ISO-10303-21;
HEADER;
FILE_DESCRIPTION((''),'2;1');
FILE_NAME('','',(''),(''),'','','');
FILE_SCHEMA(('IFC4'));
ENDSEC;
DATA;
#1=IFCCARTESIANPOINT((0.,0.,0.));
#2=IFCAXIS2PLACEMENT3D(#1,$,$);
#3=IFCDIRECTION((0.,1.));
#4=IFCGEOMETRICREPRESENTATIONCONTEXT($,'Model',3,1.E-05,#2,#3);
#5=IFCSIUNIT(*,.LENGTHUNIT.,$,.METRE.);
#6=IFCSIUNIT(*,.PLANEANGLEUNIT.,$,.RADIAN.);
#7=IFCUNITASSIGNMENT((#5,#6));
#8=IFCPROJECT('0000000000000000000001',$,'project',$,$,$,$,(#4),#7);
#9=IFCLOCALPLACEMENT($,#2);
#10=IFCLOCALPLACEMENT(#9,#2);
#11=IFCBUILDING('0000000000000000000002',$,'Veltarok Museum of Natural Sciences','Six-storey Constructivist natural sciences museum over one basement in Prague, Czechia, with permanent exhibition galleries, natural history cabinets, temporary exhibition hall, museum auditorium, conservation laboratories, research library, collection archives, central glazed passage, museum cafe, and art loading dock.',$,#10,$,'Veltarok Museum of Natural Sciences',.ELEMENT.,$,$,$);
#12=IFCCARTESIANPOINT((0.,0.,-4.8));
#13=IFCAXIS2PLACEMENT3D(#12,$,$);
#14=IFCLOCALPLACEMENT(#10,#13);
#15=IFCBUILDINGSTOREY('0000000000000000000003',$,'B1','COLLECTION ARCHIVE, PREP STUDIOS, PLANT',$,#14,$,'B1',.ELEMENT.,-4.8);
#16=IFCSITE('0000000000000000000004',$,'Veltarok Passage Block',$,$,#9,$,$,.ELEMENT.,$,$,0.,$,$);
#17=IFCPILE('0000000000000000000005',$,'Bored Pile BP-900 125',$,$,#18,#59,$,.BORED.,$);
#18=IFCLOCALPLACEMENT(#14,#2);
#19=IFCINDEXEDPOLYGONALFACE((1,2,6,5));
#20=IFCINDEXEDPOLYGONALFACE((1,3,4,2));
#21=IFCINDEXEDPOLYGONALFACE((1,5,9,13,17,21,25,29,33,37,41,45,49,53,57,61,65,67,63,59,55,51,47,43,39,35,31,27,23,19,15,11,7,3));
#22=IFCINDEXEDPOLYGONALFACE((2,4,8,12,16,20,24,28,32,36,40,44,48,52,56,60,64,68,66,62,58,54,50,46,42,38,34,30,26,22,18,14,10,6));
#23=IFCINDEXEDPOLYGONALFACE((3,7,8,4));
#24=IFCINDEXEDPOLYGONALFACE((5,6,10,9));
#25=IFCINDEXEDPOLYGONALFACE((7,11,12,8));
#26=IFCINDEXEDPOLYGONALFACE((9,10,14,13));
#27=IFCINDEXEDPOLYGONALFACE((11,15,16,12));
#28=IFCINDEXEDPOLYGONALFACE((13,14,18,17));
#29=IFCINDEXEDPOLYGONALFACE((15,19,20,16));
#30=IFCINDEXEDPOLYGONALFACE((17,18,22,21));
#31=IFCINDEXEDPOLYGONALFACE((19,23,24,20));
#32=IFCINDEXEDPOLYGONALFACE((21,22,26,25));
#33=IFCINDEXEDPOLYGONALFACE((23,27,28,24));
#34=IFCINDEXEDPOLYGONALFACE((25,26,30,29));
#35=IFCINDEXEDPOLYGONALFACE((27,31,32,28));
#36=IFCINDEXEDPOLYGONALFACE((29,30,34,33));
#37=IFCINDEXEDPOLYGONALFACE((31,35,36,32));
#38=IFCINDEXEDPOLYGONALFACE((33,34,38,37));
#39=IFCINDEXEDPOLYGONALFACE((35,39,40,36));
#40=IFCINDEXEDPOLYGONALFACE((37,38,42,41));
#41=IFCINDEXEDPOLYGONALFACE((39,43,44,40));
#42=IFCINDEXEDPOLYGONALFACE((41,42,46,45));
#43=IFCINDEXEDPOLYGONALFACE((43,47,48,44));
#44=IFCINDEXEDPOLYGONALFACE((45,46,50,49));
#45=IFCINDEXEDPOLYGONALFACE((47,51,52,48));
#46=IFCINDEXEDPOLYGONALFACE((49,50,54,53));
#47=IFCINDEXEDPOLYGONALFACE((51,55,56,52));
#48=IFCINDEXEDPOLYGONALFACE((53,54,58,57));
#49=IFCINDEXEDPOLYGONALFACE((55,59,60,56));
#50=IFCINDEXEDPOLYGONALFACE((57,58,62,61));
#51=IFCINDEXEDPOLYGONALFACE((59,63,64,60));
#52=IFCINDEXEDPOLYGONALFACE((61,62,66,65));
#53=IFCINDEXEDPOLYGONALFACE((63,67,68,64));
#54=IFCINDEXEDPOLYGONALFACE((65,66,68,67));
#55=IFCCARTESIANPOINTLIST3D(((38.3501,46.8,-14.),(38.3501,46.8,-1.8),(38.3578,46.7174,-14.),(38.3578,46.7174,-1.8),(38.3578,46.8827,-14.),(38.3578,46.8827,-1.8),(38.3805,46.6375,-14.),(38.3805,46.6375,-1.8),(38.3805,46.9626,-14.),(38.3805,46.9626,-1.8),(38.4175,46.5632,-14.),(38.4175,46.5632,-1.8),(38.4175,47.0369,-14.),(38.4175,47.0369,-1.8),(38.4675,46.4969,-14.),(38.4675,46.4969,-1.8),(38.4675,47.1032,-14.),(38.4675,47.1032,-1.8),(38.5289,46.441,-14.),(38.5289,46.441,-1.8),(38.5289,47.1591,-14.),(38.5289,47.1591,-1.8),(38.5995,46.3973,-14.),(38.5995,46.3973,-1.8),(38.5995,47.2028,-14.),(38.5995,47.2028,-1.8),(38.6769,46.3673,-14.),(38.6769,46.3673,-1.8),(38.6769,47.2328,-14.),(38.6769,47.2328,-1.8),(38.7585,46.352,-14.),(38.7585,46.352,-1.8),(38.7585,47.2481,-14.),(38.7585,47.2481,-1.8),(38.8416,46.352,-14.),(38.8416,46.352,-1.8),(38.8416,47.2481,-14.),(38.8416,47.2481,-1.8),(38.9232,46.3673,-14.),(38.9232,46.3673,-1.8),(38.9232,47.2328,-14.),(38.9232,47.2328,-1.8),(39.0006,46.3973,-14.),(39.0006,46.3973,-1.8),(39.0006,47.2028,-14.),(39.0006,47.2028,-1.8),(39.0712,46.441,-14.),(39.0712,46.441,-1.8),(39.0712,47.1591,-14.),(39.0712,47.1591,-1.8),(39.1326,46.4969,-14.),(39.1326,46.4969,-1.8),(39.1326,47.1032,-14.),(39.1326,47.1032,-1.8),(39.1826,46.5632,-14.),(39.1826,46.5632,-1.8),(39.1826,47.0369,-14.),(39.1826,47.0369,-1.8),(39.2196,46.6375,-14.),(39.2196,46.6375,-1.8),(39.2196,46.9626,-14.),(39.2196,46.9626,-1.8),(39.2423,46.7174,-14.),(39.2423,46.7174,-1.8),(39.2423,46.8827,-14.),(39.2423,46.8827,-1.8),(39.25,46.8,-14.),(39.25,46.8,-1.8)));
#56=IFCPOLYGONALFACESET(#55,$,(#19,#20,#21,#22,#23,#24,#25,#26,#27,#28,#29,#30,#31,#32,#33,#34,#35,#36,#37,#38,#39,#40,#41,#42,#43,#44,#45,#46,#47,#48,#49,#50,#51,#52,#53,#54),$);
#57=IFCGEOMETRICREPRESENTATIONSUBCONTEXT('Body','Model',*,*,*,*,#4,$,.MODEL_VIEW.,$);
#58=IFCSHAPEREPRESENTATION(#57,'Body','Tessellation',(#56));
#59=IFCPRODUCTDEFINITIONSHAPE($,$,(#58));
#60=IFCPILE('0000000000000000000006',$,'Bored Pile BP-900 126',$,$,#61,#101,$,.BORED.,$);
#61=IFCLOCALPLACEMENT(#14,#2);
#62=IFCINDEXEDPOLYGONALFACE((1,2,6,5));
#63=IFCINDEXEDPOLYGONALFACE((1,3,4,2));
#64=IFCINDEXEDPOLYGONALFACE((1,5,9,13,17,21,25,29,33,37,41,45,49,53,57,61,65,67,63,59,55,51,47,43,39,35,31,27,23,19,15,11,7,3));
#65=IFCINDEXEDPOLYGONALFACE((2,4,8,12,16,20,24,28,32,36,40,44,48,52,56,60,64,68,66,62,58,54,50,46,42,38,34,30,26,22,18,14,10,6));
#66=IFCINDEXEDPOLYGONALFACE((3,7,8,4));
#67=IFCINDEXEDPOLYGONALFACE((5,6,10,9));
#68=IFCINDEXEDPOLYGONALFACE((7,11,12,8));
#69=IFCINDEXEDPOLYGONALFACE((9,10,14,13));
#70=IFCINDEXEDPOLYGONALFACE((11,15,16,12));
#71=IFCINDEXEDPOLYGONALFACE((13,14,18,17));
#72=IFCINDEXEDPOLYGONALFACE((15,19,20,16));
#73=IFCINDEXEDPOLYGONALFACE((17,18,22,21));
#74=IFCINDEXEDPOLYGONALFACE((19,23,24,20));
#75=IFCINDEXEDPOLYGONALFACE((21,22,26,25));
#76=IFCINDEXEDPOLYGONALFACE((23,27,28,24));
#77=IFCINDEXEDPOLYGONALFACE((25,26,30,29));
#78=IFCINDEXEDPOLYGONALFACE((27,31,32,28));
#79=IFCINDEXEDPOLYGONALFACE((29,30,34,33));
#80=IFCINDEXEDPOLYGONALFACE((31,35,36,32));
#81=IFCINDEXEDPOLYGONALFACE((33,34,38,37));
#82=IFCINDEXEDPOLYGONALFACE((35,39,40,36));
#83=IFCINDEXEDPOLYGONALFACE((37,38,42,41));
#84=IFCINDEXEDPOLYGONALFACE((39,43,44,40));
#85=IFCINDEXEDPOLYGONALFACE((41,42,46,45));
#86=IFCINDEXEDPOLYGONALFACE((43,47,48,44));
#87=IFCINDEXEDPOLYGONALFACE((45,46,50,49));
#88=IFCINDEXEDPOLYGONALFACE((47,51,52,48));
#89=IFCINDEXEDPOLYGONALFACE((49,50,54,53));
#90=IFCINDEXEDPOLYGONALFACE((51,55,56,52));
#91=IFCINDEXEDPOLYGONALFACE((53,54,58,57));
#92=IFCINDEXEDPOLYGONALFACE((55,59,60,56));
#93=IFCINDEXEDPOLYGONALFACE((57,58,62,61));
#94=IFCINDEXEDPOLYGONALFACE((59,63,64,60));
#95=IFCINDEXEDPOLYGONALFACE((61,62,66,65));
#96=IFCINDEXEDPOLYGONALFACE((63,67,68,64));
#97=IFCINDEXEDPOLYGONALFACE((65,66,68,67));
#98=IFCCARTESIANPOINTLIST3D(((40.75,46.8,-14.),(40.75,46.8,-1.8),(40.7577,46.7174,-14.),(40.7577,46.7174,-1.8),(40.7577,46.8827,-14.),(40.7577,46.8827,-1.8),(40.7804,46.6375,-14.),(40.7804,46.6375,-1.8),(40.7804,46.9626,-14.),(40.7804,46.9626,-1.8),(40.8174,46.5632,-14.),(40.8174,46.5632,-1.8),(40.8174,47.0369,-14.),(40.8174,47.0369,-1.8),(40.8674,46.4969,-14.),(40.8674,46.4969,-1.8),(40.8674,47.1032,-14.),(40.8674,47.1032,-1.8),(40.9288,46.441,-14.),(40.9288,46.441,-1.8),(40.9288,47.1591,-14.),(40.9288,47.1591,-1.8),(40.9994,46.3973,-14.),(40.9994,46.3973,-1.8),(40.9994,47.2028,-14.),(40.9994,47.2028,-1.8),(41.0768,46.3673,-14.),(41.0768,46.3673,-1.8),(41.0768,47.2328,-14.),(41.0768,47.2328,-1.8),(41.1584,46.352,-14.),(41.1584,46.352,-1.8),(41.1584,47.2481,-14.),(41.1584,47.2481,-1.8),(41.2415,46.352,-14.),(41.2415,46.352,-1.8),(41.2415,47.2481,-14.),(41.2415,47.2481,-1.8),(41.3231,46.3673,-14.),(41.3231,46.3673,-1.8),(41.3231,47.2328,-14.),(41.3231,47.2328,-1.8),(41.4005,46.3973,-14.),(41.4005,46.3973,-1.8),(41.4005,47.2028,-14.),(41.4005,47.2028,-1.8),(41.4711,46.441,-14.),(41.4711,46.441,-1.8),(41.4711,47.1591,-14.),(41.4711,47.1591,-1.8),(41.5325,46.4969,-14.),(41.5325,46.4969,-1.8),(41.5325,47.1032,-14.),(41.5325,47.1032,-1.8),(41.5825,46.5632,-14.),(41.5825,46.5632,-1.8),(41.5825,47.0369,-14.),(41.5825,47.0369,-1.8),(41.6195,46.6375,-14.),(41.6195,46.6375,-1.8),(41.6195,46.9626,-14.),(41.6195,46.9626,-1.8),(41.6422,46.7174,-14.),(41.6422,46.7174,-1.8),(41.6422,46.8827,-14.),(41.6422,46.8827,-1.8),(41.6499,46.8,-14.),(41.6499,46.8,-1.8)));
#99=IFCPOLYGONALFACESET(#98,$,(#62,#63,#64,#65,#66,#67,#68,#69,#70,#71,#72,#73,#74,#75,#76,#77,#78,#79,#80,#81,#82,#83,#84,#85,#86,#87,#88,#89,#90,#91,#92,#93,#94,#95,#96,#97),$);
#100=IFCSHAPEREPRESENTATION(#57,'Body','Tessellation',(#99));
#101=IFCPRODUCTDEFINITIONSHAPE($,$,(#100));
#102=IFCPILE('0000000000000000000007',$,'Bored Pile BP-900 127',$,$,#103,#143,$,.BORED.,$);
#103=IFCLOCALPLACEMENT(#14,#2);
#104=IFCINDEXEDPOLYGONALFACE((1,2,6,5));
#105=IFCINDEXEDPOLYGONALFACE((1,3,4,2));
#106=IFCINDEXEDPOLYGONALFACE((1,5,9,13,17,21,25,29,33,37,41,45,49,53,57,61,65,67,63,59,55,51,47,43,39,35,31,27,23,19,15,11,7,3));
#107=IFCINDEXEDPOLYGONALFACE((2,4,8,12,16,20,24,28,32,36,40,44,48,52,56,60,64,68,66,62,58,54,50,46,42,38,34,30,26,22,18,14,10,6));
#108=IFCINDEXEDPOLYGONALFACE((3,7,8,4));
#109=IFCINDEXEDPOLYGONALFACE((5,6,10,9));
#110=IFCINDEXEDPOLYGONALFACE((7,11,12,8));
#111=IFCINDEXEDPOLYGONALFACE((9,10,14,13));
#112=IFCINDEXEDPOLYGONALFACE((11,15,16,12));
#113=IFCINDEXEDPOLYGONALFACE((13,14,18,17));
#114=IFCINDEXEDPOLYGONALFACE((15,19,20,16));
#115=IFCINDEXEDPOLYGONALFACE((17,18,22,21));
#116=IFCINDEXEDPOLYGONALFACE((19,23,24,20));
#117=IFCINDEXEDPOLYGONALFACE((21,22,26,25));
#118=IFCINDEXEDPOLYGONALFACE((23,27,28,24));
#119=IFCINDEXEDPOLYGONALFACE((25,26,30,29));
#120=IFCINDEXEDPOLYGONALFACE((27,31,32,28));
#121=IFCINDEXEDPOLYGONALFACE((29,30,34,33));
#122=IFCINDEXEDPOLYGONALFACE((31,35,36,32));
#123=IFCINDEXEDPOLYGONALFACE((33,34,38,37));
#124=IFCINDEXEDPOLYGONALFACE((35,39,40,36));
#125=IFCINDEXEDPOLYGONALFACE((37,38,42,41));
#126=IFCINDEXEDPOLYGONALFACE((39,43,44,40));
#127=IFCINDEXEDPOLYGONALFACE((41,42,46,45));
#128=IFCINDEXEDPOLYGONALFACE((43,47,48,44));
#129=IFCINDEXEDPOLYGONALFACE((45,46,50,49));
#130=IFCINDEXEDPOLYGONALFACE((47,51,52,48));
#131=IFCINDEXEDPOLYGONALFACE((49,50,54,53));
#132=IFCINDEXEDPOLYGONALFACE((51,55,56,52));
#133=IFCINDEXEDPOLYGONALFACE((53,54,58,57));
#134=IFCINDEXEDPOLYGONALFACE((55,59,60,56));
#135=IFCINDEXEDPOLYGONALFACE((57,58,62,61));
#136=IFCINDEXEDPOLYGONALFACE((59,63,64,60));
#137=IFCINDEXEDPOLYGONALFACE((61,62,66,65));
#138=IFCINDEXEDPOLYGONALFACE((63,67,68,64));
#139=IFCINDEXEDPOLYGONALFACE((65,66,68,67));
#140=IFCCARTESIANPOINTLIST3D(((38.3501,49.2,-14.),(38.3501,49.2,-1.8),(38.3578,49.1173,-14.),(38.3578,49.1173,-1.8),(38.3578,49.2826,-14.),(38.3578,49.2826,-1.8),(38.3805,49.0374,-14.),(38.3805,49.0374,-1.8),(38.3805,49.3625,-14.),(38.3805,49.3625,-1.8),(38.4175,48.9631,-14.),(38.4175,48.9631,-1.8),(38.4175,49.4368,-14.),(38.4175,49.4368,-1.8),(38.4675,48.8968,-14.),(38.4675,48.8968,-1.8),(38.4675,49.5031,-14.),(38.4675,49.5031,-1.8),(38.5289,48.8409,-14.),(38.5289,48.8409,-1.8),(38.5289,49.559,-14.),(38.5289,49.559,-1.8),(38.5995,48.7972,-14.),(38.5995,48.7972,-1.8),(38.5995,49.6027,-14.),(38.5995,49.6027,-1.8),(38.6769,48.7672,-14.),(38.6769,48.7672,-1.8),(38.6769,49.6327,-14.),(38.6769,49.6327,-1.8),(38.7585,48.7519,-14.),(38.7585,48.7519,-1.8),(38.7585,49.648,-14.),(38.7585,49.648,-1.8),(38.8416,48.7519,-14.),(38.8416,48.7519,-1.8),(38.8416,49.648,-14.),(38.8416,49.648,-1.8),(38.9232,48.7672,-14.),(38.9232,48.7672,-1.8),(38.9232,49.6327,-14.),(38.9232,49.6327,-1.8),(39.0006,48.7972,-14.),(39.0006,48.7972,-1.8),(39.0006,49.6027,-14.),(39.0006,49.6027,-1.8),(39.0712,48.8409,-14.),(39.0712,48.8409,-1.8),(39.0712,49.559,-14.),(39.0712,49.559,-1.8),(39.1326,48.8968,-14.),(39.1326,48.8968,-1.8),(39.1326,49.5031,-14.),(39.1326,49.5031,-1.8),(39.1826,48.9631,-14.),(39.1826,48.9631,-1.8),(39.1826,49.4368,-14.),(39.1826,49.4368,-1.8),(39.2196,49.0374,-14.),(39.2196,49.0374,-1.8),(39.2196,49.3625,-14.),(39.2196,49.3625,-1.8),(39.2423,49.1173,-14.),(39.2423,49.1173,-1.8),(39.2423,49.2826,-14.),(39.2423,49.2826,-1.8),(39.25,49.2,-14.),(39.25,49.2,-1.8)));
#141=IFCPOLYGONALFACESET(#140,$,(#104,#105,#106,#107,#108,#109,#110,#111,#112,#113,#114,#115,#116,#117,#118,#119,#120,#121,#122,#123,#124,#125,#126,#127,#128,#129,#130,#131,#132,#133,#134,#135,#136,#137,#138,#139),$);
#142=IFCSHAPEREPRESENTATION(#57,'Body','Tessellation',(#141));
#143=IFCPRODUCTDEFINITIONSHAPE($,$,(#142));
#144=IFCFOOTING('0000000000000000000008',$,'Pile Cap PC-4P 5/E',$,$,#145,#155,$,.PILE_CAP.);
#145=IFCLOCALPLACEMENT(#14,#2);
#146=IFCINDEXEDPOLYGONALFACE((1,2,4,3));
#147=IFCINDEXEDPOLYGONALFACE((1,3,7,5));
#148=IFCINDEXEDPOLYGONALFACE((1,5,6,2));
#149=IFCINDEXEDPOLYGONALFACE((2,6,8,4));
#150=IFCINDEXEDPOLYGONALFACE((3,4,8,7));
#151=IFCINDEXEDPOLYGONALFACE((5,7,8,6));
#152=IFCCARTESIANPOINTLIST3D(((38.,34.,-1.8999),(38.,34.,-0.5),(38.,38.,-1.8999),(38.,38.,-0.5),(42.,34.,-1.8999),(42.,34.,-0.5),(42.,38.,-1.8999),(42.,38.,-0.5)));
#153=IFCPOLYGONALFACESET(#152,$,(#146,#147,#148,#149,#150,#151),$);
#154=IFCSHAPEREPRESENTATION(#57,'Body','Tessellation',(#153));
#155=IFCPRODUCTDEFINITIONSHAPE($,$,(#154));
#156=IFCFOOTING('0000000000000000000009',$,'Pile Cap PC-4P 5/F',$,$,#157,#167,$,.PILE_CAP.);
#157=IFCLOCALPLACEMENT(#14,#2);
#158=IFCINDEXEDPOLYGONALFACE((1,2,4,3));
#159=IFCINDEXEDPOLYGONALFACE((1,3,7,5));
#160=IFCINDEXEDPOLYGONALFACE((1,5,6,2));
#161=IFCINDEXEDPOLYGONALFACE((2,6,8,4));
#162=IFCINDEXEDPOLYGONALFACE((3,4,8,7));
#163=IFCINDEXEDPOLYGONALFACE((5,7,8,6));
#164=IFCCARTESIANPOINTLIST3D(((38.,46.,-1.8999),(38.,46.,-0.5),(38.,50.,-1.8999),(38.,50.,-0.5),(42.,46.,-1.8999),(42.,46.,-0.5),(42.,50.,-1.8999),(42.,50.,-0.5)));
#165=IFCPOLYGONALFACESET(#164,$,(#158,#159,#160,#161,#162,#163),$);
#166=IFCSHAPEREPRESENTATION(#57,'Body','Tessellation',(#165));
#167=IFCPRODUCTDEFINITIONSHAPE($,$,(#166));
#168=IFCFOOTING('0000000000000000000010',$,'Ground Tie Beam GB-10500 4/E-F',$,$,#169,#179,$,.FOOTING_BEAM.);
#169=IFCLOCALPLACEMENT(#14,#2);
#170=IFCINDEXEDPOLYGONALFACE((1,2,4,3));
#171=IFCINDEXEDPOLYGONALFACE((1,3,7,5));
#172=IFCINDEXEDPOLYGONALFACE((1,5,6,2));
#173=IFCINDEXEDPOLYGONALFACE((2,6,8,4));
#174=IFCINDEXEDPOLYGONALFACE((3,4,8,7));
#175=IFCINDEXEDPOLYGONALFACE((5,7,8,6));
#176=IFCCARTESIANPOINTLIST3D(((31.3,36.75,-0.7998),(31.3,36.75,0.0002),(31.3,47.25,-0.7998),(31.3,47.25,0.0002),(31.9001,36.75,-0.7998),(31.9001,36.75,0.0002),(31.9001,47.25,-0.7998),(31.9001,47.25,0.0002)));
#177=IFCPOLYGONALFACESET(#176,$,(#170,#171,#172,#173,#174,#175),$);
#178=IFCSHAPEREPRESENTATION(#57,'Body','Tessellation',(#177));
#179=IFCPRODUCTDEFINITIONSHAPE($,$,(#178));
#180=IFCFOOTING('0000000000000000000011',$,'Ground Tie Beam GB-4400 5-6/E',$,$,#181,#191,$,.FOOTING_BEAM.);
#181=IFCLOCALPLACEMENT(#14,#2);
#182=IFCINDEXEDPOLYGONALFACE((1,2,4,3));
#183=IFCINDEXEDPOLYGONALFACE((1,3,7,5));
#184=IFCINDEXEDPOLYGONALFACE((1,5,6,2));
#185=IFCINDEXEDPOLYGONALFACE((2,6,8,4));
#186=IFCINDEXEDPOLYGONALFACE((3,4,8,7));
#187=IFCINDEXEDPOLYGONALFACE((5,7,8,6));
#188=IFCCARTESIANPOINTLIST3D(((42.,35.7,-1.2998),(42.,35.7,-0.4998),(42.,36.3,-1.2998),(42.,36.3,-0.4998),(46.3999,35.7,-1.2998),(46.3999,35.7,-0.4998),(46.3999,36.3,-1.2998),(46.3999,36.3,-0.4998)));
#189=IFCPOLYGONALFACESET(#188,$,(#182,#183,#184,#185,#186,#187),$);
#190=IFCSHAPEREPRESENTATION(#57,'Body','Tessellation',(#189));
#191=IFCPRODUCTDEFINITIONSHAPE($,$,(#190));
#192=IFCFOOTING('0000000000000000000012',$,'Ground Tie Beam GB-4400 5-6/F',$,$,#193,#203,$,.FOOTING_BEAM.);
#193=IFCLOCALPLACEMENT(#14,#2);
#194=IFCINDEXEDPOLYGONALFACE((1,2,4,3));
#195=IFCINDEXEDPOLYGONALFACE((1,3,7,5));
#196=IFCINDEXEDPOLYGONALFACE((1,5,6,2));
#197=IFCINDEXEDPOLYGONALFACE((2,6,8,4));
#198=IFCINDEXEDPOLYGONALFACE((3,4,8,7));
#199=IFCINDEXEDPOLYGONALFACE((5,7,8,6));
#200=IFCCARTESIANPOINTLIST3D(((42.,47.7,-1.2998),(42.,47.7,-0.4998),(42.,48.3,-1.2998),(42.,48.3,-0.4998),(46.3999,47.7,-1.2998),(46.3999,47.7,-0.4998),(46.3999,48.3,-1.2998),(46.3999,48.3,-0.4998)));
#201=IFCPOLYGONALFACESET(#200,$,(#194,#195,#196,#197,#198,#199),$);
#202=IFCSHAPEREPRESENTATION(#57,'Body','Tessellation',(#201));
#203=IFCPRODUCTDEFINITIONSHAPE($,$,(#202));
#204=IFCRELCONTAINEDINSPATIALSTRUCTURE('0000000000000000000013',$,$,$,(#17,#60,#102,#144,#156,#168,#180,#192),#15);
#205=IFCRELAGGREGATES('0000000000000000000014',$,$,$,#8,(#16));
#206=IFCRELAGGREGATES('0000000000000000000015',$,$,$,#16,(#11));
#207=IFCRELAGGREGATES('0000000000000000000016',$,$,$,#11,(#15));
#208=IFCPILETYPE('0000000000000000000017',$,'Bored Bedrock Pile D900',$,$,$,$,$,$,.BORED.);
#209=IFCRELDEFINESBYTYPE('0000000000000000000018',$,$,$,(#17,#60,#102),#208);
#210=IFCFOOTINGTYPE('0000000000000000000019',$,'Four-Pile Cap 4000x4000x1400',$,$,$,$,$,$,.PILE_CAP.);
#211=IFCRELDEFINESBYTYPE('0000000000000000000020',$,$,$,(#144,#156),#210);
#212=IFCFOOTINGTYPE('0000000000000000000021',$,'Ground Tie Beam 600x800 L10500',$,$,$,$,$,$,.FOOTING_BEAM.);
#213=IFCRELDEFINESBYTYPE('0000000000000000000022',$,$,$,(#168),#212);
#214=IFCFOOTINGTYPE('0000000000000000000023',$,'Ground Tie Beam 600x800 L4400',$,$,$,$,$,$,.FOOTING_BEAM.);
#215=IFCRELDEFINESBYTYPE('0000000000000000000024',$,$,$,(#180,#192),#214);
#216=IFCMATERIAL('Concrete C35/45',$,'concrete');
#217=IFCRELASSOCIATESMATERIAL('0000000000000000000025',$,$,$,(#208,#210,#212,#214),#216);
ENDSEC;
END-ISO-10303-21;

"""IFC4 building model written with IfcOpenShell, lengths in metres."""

from ifc_helpers import new_model, si_unit, direction, frame, origin, origin_2d, place, context, subcontext, project, spatial, rectangle, circle, extrude, material, material_profile, profile_set, type_object, element, save


model = new_model("IFC4")

# Units and contexts
model_context = context("Model", 3, precision=1e-05, world=origin(), true_north=direction((0.0, 1.0)))
body_context = subcontext(model_context, "Body", "Model", "MODEL_VIEW")
ifc_project = project(units=[si_unit("LENGTHUNIT", "METRE"), si_unit("PLANEANGLEUNIT", "RADIAN")], contexts=[model_context])

# Site, building, storey
site_placement = place(None, origin())
site = spatial("IfcSite", under=ifc_project, at=site_placement, Name="Veltarok Passage Block", CompositionType="ELEMENT", RefElevation=0.0)
building_placement = place(site_placement, origin())
building = spatial("IfcBuilding", under=site, at=building_placement, Name="Veltarok Museum of Natural Sciences", Description="Six-storey Constructivist natural sciences museum over one basement in Prague, Czechia, with permanent exhibition galleries, natural history cabinets, temporary exhibition hall, museum auditorium, conservation laboratories, research library, collection archives, central glazed passage, museum cafe, and art loading dock.", LongName="Veltarok Museum of Natural Sciences", CompositionType="ELEMENT")
storey_placement = place(building_placement, frame((0.0, 0.0, -4.8)))
storey = spatial("IfcBuildingStorey", under=building, at=storey_placement, Name="B1", Description="COLLECTION ARCHIVE, PREP STUDIOS, PLANT", LongName="B1", CompositionType="ELEMENT", Elevation=-4.8)

# Piles
ifc_material_1 = material(Name="Concrete C35/45", Category="concrete")
ifc_material_profile_1 = material_profile(ifc_material_1, circle(Radius=0.45, at=origin_2d()), Name="BP D900")
ifc_profile_set_1 = profile_set([ifc_material_profile_1], Name="Concrete C35/45")
pile_type_1 = type_object("IfcPileType", Name="Bored Bedrock Pile D900", PredefinedType="BORED", material=ifc_profile_set_1)
for number, where, z_axis, x_axis, name in (
    (1, (38.8, 46.8, -1.8), (0.0, 0.0, -1.0), (1.0, 0.0, 0.0), "Bored Pile BP-900 125"),
    (2, (41.2, 46.8, -1.8), (0.0, 0.0, -1.0), (1.0, 0.0, 0.0), "Bored Pile BP-900 126"),
    (3, (38.8, 49.2, -1.8), (0.0, 0.0, -1.0), (1.0, 0.0, 0.0), "Bored Pile BP-900 127"),
):
    element("IfcPile", number, at=place(storey_placement, frame(where, z_axis=z_axis, x_axis=x_axis)), inside=storey, type_object=pile_type_1, Name=name, PredefinedType="BORED", context=body_context, shape_type="SweptSolid", body=[
        extrude(circle(Radius=0.45, at=origin_2d()), origin(), (0.0, 0.0, 1.0), 12.2),
    ])

# Footings
footing_type_1 = type_object("IfcFootingType", Name="Four-Pile Cap 4000x4000x1400", PredefinedType="PILE_CAP", material=ifc_material_1)
for number, where, z_axis, x_axis, name in (
    (4, (40.0, 36.0, -1.8999), (0.0, 0.0, 1.0), (1.0, 0.0, 0.0), "Pile Cap PC-4P 5/E"),
    (5, (40.0, 48.0, -1.8999), (0.0, 0.0, 1.0), (1.0, 0.0, 0.0), "Pile Cap PC-4P 5/F"),
):
    element("IfcFooting", number, at=place(storey_placement, frame(where, z_axis=z_axis, x_axis=x_axis)), inside=storey, type_object=footing_type_1, Name=name, PredefinedType="PILE_CAP", context=body_context, shape_type="SweptSolid", body=[
        extrude(rectangle(XDim=4.0, YDim=4.0, at=origin_2d()), origin(), (0.0, 0.0, 1.0), 1.3999),
    ])
footing_type_2 = type_object("IfcFootingType", Name="Ground Tie Beam 600x800 L10500", PredefinedType="FOOTING_BEAM", material=ifc_material_1)
footing_1_placement = place(storey_placement, frame((31.6001, 42.0, -0.7998), z_axis=(0.0, 0.0, 1.0), x_axis=(0.0, 1.0, 0.0)))
element("IfcFooting", 6, at=footing_1_placement, inside=storey, type_object=footing_type_2, Name="Ground Tie Beam GB-10500 4/E-F", PredefinedType="FOOTING_BEAM", context=body_context, shape_type="SweptSolid", body=[
    extrude(rectangle(XDim=10.5, YDim=0.6001, at=origin_2d()), origin(), (0.0, 0.0, 1.0), 0.8),
])
footing_type_3 = type_object("IfcFootingType", Name="Ground Tie Beam 600x800 L4400", PredefinedType="FOOTING_BEAM", material=ifc_material_1)
for number, where, z_axis, x_axis, name in (
    (7, (44.2, 36.0, -1.2998), (0.0, 0.0, 1.0), (1.0, 0.0, 0.0), "Ground Tie Beam GB-4400 5-6/E"),
    (8, (44.2, 48.0, -1.2998), (0.0, 0.0, 1.0), (1.0, 0.0, 0.0), "Ground Tie Beam GB-4400 5-6/F"),
):
    element("IfcFooting", number, at=place(storey_placement, frame(where, z_axis=z_axis, x_axis=x_axis)), inside=storey, type_object=footing_type_3, Name=name, PredefinedType="FOOTING_BEAM", context=body_context, shape_type="SweptSolid", body=[
        extrude(rectangle(XDim=4.3999, YDim=0.6001, at=origin_2d()), origin(), (0.0, 0.0, 1.0), 0.8),
    ])

save(model, "model.ifc")
